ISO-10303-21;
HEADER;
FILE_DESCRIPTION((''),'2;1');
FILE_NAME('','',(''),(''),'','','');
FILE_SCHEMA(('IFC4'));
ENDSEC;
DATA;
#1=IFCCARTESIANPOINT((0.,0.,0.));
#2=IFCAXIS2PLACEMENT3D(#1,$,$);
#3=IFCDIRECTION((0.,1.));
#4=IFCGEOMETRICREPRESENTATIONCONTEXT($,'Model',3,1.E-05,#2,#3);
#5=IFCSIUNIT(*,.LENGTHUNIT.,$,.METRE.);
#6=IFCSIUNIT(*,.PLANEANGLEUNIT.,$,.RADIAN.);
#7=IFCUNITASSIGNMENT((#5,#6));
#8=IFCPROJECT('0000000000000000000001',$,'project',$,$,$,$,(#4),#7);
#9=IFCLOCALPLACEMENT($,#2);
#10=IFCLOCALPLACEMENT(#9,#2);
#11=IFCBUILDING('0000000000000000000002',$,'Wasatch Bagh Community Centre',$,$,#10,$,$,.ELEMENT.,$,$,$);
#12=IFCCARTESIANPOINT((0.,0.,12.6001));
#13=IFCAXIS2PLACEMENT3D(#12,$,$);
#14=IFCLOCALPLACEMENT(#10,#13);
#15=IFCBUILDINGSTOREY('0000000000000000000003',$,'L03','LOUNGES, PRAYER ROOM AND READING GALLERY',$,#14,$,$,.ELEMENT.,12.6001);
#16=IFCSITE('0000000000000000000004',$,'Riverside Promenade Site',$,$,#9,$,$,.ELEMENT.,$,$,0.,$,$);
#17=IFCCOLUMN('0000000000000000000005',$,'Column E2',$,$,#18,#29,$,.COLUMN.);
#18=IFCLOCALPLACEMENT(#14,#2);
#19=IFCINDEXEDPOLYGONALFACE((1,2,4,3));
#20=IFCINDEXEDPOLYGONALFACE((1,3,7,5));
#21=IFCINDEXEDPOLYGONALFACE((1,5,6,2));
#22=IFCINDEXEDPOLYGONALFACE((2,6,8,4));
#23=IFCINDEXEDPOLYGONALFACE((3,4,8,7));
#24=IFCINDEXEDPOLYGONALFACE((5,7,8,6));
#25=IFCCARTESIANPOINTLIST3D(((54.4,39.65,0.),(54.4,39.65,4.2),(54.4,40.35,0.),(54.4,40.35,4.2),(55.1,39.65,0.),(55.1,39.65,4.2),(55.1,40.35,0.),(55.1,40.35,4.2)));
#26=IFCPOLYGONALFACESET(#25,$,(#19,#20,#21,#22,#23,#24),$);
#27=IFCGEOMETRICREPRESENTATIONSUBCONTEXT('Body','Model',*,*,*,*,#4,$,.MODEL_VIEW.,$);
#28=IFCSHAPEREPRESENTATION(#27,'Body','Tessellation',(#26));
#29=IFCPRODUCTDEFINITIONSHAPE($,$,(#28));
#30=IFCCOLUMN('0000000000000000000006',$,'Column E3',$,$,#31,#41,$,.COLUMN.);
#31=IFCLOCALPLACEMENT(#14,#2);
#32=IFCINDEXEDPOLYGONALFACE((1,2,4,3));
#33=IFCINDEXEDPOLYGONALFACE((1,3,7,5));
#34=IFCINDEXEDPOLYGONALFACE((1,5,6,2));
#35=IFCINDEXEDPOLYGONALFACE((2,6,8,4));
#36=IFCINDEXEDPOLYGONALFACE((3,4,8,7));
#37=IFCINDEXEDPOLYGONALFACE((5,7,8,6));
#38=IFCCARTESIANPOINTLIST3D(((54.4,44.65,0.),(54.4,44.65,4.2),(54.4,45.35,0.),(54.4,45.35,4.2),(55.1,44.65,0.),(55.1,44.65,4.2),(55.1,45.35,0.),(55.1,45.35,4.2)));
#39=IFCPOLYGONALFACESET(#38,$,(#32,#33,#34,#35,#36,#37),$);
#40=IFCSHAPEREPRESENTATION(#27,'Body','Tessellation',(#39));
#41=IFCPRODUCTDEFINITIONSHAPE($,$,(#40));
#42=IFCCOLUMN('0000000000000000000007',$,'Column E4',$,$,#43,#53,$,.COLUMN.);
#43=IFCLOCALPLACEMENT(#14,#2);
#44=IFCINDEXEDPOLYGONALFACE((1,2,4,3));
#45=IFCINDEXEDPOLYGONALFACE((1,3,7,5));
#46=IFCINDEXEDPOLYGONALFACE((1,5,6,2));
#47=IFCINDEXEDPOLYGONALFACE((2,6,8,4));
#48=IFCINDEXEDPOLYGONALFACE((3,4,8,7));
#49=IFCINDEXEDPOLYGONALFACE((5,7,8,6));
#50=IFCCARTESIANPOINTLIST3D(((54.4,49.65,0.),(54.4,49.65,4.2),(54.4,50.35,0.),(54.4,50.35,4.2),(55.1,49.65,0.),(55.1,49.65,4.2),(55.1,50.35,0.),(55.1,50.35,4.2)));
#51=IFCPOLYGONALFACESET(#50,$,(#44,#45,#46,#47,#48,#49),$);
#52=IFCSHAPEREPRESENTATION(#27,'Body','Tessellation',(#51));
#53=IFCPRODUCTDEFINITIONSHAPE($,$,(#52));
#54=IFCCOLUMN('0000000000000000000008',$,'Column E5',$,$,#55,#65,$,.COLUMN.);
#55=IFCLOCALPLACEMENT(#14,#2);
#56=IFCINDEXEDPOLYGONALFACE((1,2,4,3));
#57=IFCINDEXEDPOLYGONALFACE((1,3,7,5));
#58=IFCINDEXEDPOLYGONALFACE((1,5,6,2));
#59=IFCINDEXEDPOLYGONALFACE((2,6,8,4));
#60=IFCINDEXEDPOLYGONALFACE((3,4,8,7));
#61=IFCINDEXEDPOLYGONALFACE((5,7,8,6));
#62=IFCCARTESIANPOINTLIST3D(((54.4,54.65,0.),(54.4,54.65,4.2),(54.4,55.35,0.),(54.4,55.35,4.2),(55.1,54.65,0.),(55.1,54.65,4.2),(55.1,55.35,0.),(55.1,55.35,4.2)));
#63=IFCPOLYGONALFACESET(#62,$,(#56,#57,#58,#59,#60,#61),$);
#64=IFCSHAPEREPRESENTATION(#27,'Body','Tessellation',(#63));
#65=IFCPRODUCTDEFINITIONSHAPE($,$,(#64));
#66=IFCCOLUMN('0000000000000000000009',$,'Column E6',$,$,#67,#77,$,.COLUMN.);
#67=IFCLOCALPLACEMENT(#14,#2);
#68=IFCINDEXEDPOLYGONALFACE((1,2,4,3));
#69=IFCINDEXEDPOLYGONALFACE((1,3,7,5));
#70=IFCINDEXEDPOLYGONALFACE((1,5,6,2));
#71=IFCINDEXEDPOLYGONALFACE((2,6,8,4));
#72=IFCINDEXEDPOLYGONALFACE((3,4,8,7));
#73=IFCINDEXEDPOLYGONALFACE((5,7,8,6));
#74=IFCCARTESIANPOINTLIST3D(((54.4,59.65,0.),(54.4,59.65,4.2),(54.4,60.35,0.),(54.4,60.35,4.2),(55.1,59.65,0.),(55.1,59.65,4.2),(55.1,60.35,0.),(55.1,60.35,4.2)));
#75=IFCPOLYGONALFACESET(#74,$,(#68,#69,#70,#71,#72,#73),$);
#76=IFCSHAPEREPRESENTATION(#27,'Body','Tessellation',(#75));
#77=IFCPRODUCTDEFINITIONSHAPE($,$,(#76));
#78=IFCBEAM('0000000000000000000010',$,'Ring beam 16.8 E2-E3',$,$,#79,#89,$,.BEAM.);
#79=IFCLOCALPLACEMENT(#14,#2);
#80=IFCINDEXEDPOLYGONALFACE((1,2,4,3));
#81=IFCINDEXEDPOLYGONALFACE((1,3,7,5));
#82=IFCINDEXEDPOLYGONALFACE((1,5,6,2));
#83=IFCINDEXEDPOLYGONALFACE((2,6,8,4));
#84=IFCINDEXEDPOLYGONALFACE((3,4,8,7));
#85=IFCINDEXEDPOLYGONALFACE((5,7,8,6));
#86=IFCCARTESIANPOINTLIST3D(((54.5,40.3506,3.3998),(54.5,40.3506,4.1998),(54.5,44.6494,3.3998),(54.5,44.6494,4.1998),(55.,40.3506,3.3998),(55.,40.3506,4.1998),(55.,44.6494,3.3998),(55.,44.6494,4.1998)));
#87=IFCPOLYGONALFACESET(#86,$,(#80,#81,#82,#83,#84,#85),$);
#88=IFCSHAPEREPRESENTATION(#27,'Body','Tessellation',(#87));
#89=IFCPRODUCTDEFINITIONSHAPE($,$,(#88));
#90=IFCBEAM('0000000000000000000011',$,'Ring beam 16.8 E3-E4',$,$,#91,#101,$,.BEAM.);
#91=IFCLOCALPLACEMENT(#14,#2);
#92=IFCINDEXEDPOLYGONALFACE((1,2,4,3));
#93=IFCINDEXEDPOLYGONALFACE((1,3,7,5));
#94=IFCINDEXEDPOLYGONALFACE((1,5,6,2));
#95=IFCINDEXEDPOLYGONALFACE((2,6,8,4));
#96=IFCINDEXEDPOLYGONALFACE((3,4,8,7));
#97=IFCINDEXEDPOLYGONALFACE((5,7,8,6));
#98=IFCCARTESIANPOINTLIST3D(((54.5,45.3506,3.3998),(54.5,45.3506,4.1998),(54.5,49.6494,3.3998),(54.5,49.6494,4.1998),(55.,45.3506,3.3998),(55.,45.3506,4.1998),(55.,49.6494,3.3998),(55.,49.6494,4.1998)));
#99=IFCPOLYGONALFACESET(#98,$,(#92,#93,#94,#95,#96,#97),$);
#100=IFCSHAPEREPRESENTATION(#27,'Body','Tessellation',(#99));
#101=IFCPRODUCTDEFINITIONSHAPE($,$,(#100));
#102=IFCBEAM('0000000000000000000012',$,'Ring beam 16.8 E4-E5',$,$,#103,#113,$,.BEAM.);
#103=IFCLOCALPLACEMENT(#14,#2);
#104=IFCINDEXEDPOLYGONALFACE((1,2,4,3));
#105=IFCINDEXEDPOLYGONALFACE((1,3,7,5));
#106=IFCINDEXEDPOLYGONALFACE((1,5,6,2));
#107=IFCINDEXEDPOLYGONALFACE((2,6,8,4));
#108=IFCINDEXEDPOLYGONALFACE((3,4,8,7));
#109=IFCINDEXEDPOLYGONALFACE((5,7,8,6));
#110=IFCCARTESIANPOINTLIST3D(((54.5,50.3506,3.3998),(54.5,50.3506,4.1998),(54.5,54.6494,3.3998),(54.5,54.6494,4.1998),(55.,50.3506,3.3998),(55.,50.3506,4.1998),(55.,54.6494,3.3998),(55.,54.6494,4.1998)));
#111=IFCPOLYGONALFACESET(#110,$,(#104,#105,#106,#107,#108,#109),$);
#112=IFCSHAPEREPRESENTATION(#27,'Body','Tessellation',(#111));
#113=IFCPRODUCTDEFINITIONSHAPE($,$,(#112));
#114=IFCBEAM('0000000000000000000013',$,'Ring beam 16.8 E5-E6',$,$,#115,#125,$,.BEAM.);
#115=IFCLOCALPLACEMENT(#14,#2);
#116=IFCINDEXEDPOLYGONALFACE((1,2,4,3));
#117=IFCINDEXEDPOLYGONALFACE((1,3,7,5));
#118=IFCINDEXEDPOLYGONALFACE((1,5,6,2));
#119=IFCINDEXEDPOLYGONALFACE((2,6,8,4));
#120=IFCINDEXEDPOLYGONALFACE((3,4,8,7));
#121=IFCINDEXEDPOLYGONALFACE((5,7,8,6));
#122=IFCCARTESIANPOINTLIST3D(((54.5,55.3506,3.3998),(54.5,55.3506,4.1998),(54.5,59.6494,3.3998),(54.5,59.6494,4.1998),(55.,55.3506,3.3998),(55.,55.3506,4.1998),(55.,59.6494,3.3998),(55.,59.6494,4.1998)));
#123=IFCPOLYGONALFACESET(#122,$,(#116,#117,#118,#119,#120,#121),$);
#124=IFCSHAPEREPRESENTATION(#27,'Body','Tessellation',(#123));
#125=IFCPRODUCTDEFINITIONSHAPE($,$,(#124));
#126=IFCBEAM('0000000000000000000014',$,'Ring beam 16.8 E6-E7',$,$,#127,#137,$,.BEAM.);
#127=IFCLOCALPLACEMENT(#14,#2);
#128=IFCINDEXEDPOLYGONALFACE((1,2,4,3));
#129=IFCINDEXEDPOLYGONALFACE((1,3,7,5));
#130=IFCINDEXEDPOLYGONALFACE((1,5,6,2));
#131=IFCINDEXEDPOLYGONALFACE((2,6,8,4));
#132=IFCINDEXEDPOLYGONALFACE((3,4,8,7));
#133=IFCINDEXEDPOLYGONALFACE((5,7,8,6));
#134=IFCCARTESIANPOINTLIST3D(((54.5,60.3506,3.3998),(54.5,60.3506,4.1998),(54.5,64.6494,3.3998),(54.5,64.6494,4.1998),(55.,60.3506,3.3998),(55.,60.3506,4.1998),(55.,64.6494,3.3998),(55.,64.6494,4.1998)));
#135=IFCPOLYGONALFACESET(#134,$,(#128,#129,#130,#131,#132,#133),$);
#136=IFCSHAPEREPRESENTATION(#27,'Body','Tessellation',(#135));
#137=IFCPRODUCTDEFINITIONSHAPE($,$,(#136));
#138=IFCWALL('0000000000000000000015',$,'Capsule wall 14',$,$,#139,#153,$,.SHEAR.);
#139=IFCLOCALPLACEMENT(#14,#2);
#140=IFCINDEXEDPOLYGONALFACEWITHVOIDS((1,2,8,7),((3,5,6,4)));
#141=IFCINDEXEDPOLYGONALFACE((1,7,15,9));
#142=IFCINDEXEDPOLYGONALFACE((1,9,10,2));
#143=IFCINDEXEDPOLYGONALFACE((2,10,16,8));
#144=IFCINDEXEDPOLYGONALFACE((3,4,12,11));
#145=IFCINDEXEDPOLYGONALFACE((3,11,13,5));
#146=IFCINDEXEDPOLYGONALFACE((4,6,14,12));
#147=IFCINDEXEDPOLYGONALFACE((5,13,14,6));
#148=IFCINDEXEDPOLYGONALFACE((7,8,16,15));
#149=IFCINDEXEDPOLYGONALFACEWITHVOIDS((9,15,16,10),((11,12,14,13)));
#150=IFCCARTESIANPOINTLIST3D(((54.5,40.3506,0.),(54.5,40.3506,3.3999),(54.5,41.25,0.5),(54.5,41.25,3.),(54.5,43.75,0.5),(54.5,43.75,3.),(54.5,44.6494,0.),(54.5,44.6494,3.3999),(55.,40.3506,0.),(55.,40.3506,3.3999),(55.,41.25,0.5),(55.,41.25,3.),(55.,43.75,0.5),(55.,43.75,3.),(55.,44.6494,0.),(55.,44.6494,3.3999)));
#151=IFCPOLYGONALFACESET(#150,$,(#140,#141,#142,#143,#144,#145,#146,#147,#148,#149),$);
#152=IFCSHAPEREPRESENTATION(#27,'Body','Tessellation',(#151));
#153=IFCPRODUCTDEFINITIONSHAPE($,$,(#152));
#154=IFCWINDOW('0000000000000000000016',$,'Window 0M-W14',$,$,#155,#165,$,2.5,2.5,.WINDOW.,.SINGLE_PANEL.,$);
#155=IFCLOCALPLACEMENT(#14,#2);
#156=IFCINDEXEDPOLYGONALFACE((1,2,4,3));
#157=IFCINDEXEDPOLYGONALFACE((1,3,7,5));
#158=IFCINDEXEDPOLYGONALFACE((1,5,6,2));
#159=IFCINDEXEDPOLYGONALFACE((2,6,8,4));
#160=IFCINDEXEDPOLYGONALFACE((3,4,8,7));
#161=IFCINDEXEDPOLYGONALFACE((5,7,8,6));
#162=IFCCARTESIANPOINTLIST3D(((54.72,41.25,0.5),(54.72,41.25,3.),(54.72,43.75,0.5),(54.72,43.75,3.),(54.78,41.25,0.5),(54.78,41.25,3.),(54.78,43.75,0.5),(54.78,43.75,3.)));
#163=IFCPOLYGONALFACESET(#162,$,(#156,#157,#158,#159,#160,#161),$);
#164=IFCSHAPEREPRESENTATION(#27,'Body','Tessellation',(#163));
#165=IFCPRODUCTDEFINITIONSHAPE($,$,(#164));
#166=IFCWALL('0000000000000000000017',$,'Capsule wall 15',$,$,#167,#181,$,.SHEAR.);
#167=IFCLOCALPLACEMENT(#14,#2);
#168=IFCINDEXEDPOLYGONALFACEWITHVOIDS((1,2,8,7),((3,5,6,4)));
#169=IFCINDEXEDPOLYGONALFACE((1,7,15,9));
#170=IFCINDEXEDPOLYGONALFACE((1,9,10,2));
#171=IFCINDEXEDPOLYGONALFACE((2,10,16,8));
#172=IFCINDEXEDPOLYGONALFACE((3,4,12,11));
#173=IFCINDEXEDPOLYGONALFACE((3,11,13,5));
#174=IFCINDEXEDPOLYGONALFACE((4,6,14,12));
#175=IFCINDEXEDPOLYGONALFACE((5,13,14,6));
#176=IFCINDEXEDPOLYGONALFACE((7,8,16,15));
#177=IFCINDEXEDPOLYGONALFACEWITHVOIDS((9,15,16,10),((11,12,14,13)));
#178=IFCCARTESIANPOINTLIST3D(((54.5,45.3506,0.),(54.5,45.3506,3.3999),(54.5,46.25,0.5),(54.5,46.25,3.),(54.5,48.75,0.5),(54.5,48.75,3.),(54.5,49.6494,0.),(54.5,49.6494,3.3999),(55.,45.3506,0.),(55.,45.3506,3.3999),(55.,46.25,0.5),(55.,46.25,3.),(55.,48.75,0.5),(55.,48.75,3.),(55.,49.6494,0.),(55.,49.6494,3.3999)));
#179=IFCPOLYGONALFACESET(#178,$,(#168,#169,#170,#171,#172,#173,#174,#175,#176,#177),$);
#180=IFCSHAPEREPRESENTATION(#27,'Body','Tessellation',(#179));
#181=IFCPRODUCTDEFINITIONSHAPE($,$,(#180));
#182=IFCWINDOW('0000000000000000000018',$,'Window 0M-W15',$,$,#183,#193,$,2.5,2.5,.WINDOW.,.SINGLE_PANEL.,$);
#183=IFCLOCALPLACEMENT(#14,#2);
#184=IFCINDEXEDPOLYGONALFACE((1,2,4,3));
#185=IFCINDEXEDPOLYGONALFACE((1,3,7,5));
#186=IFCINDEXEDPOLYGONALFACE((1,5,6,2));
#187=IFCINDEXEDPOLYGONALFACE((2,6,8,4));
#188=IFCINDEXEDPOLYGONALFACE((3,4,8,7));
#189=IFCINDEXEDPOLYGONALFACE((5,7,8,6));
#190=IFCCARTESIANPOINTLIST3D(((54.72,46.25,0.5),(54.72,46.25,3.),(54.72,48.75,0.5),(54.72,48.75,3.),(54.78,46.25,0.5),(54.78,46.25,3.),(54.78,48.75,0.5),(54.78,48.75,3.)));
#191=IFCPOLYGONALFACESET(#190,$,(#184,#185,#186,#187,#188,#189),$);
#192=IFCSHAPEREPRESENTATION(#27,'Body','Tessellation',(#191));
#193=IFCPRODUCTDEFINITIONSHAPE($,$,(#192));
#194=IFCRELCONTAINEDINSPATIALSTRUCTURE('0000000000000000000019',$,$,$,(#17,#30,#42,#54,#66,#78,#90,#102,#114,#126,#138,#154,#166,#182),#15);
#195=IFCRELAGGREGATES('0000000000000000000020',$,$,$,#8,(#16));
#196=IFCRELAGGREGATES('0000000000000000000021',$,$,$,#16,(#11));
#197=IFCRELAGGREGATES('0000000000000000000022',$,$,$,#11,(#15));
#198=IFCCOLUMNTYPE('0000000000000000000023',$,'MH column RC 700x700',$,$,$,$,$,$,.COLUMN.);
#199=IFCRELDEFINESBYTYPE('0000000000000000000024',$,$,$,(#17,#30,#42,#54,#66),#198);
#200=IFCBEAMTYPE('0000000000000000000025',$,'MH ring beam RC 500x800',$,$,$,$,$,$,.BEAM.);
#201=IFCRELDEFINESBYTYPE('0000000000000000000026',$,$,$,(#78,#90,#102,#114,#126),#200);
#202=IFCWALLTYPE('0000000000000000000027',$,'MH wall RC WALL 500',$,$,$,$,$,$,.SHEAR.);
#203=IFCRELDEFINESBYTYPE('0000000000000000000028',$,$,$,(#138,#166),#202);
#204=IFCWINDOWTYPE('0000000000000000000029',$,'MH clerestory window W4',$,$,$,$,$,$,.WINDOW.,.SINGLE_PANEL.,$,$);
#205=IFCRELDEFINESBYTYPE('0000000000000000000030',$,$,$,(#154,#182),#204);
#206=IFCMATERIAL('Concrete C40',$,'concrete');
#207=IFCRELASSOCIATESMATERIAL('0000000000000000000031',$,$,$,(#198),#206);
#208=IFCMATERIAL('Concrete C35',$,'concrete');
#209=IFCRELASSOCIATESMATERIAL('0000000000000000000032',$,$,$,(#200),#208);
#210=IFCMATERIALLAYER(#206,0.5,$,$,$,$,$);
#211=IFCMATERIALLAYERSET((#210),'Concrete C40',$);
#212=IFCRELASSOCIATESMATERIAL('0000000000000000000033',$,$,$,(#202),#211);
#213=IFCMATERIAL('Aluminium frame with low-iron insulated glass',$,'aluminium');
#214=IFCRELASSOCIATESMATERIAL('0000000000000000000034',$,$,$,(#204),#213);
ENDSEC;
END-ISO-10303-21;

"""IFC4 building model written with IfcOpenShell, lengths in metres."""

from ifc_helpers import new_model, si_unit, direction, frame, frame_2d, origin, origin_2d, place, context, subcontext, project, spatial, rectangle, extrude, material, layer, layer_set, material_profile, profile_set, type_object, element, fill, save


model = new_model("IFC4")

# Units and contexts
model_context = context("Model", 3, precision=1e-05, world=origin(), true_north=direction((0.0, 1.0)))
body_context = subcontext(model_context, "Body", "Model", "MODEL_VIEW")
ifc_project = project(units=[si_unit("LENGTHUNIT", "METRE"), si_unit("PLANEANGLEUNIT", "RADIAN")], contexts=[model_context])

# Site, building, storey
site_placement = place(None, origin())
site = spatial("IfcSite", under=ifc_project, at=site_placement, Name="Riverside Promenade Site", CompositionType="ELEMENT", RefElevation=0.0)
building_placement = place(site_placement, origin())
building = spatial("IfcBuilding", under=site, at=building_placement, Name="Wasatch Bagh Community Centre", CompositionType="ELEMENT")
storey_placement = place(building_placement, frame((0.0, 0.0, 12.6001)))
storey = spatial("IfcBuildingStorey", under=building, at=storey_placement, Name="L03", Description="LOUNGES, PRAYER ROOM AND READING GALLERY", CompositionType="ELEMENT", Elevation=12.6001)

# Columns
ifc_material_1 = material(Name="Concrete C40", Category="concrete")
ifc_material_profile_1 = material_profile(ifc_material_1, rectangle(XDim=0.7, YDim=0.7, at=origin_2d()), Name="RC 700x700")
ifc_profile_set_1 = profile_set([ifc_material_profile_1], Name="Concrete C40")
column_type = type_object("IfcColumnType", Name="MH column RC 700x700", PredefinedType="COLUMN", material=ifc_profile_set_1)
for number, where, z_axis, x_axis, name in (
    (1, (54.75, 40.0, 0.0), (0.0, 0.0, 1.0), (1.0, 0.0, 0.0), "Column E2"),
    (2, (54.75, 45.0, 0.0), (0.0, 0.0, 1.0), (1.0, 0.0, 0.0), "Column E3"),
    (3, (54.75, 50.0, 0.0), (0.0, 0.0, 1.0), (1.0, 0.0, 0.0), "Column E4"),
    (4, (54.75, 55.0, 0.0), (0.0, 0.0, 1.0), (1.0, 0.0, 0.0), "Column E5"),
    (5, (54.75, 60.0, 0.0), (0.0, 0.0, 1.0), (1.0, 0.0, 0.0), "Column E6"),
):
    element("IfcColumn", number, at=place(storey_placement, frame(where, z_axis=z_axis, x_axis=x_axis)), inside=storey, type_object=column_type, Name=name, PredefinedType="COLUMN", context=body_context, shape_type="SweptSolid", body=[
        extrude(rectangle(XDim=0.7, YDim=0.7, at=origin_2d()), origin(), (0.0, 0.0, 1.0), 4.2),
    ])

# Beams
ifc_material_2 = material(Name="Concrete C35", Category="concrete")
ifc_material_profile_2 = material_profile(ifc_material_2, rectangle(XDim=0.5, YDim=0.8, at=origin_2d()), Name="RC 500x800")
ifc_profile_set_2 = profile_set([ifc_material_profile_2], Name="Concrete C35")
beam_type = type_object("IfcBeamType", Name="MH ring beam RC 500x800", PredefinedType="BEAM", material=ifc_profile_set_2)
for number, where, z_axis, x_axis, name in (
    (6, (54.75, 40.3506, 3.7998), (0.0, 1.0, 0.0), (-1.0, 0.0, 0.0), "Ring beam 16.8 E2-E3"),
    (7, (54.75, 45.3506, 3.7998), (0.0, 1.0, 0.0), (-1.0, 0.0, 0.0), "Ring beam 16.8 E3-E4"),
    (8, (54.75, 50.3506, 3.7998), (0.0, 1.0, 0.0), (-1.0, 0.0, 0.0), "Ring beam 16.8 E4-E5"),
    (9, (54.75, 55.3506, 3.7998), (0.0, 1.0, 0.0), (-1.0, 0.0, 0.0), "Ring beam 16.8 E5-E6"),
    (10, (54.75, 60.3506, 3.7998), (0.0, 1.0, 0.0), (-1.0, 0.0, 0.0), "Ring beam 16.8 E6-E7"),
):
    element("IfcBeam", number, at=place(storey_placement, frame(where, z_axis=z_axis, x_axis=x_axis)), inside=storey, type_object=beam_type, Name=name, PredefinedType="BEAM", context=body_context, shape_type="SweptSolid", body=[
        extrude(rectangle(XDim=0.5, YDim=0.8, at=origin_2d()), origin(), (0.0, 0.0, 1.0), 4.2988),
    ])

# Walls, openings, windows
ifc_layer = layer(ifc_material_1, 0.5)
ifc_layer_set = layer_set([ifc_layer], Name="Concrete C40")
wall_type = type_object("IfcWallType", Name="MH wall RC WALL 500", PredefinedType="SHEAR", material=ifc_layer_set)
wall_1_placement = place(storey_placement, frame((54.75, 40.3506, 0.0), z_axis=(0.0, 0.0, 1.0), x_axis=(0.0, 1.0, 0.0)))
wall_1 = element("IfcWall", 11, at=wall_1_placement, inside=storey, type_object=wall_type, Name="Capsule wall 14", PredefinedType="SHEAR", context=body_context, shape_type="SweptSolid", body=[
    extrude(rectangle(XDim=4.2988, YDim=0.5, at=frame_2d((2.1494, 0.0))), origin(), (0.0, 0.0, 1.0), 3.3999),
])
opening_1_placement = place(wall_1_placement, frame((0.8994, 0.0, 0.5)))
opening_1 = element("IfcOpeningElement", 12, at=opening_1_placement, cuts=wall_1, PredefinedType="OPENING", context=body_context, shape_type="SweptSolid", body=[
    extrude(rectangle(XDim=2.5, YDim=2.5, at=frame_2d((1.25, 1.25))), frame((0.0, 0.26, 0.0), z_axis=(0.0, -1.0, 0.0), x_axis=(1.0, 0.0, 0.0)), (0.0, 0.0, 1.0), 0.52),
])
ifc_material_3 = material(Name="Aluminium frame with low-iron insulated glass", Category="aluminium")
window_type = type_object("IfcWindowType", Name="MH clerestory window W4", PartitioningType="SINGLE_PANEL", PredefinedType="WINDOW", material=ifc_material_3)
window_1_placement = place(opening_1_placement, origin())
window_1 = element("IfcWindow", 13, at=window_1_placement, inside=storey, type_object=window_type, Name="Window 0M-W14", OverallHeight=2.5, OverallWidth=2.5, PartitioningType="SINGLE_PANEL", PredefinedType="WINDOW", context=body_context, shape_type="SweptSolid", body=[
    extrude(rectangle(XDim=2.5, YDim=2.5, at=frame_2d((1.25, 1.25))), frame((0.0, 0.03, 0.0), z_axis=(0.0, -1.0, 0.0), x_axis=(1.0, 0.0, 0.0)), (0.0, 0.0, 1.0), 0.0601),
])
fill(opening_1, window_1)
wall_2_placement = place(storey_placement, frame((54.75, 45.3506, 0.0), z_axis=(0.0, 0.0, 1.0), x_axis=(0.0, 1.0, 0.0)))
wall_2 = element("IfcWall", 14, at=wall_2_placement, inside=storey, type_object=wall_type, Name="Capsule wall 15", PredefinedType="SHEAR", context=body_context, shape_type="SweptSolid", body=[
    extrude(rectangle(XDim=4.2988, YDim=0.5, at=frame_2d((2.1494, 0.0))), origin(), (0.0, 0.0, 1.0), 3.3999),
])
opening_2_placement = place(wall_2_placement, frame((0.8994, 0.0, 0.5)))
opening_2 = element("IfcOpeningElement", 15, at=opening_2_placement, cuts=wall_2, PredefinedType="OPENING", context=body_context, shape_type="SweptSolid", body=[
    extrude(rectangle(XDim=2.5, YDim=2.5, at=frame_2d((1.25, 1.25))), frame((0.0, 0.26, 0.0), z_axis=(0.0, -1.0, 0.0), x_axis=(1.0, 0.0, 0.0)), (0.0, 0.0, 1.0), 0.52),
])
window_2_placement = place(opening_2_placement, origin())
window_2 = element("IfcWindow", 16, at=window_2_placement, inside=storey, type_object=window_type, Name="Window 0M-W15", OverallHeight=2.5, OverallWidth=2.5, PartitioningType="SINGLE_PANEL", PredefinedType="WINDOW", context=body_context, shape_type="SweptSolid", body=[
    extrude(rectangle(XDim=2.5, YDim=2.5, at=frame_2d((1.25, 1.25))), frame((0.0, 0.03, 0.0), z_axis=(0.0, -1.0, 0.0), x_axis=(1.0, 0.0, 0.0)), (0.0, 0.0, 1.0), 0.0601),
])
fill(opening_2, window_2)

save(model, "model.ifc")
